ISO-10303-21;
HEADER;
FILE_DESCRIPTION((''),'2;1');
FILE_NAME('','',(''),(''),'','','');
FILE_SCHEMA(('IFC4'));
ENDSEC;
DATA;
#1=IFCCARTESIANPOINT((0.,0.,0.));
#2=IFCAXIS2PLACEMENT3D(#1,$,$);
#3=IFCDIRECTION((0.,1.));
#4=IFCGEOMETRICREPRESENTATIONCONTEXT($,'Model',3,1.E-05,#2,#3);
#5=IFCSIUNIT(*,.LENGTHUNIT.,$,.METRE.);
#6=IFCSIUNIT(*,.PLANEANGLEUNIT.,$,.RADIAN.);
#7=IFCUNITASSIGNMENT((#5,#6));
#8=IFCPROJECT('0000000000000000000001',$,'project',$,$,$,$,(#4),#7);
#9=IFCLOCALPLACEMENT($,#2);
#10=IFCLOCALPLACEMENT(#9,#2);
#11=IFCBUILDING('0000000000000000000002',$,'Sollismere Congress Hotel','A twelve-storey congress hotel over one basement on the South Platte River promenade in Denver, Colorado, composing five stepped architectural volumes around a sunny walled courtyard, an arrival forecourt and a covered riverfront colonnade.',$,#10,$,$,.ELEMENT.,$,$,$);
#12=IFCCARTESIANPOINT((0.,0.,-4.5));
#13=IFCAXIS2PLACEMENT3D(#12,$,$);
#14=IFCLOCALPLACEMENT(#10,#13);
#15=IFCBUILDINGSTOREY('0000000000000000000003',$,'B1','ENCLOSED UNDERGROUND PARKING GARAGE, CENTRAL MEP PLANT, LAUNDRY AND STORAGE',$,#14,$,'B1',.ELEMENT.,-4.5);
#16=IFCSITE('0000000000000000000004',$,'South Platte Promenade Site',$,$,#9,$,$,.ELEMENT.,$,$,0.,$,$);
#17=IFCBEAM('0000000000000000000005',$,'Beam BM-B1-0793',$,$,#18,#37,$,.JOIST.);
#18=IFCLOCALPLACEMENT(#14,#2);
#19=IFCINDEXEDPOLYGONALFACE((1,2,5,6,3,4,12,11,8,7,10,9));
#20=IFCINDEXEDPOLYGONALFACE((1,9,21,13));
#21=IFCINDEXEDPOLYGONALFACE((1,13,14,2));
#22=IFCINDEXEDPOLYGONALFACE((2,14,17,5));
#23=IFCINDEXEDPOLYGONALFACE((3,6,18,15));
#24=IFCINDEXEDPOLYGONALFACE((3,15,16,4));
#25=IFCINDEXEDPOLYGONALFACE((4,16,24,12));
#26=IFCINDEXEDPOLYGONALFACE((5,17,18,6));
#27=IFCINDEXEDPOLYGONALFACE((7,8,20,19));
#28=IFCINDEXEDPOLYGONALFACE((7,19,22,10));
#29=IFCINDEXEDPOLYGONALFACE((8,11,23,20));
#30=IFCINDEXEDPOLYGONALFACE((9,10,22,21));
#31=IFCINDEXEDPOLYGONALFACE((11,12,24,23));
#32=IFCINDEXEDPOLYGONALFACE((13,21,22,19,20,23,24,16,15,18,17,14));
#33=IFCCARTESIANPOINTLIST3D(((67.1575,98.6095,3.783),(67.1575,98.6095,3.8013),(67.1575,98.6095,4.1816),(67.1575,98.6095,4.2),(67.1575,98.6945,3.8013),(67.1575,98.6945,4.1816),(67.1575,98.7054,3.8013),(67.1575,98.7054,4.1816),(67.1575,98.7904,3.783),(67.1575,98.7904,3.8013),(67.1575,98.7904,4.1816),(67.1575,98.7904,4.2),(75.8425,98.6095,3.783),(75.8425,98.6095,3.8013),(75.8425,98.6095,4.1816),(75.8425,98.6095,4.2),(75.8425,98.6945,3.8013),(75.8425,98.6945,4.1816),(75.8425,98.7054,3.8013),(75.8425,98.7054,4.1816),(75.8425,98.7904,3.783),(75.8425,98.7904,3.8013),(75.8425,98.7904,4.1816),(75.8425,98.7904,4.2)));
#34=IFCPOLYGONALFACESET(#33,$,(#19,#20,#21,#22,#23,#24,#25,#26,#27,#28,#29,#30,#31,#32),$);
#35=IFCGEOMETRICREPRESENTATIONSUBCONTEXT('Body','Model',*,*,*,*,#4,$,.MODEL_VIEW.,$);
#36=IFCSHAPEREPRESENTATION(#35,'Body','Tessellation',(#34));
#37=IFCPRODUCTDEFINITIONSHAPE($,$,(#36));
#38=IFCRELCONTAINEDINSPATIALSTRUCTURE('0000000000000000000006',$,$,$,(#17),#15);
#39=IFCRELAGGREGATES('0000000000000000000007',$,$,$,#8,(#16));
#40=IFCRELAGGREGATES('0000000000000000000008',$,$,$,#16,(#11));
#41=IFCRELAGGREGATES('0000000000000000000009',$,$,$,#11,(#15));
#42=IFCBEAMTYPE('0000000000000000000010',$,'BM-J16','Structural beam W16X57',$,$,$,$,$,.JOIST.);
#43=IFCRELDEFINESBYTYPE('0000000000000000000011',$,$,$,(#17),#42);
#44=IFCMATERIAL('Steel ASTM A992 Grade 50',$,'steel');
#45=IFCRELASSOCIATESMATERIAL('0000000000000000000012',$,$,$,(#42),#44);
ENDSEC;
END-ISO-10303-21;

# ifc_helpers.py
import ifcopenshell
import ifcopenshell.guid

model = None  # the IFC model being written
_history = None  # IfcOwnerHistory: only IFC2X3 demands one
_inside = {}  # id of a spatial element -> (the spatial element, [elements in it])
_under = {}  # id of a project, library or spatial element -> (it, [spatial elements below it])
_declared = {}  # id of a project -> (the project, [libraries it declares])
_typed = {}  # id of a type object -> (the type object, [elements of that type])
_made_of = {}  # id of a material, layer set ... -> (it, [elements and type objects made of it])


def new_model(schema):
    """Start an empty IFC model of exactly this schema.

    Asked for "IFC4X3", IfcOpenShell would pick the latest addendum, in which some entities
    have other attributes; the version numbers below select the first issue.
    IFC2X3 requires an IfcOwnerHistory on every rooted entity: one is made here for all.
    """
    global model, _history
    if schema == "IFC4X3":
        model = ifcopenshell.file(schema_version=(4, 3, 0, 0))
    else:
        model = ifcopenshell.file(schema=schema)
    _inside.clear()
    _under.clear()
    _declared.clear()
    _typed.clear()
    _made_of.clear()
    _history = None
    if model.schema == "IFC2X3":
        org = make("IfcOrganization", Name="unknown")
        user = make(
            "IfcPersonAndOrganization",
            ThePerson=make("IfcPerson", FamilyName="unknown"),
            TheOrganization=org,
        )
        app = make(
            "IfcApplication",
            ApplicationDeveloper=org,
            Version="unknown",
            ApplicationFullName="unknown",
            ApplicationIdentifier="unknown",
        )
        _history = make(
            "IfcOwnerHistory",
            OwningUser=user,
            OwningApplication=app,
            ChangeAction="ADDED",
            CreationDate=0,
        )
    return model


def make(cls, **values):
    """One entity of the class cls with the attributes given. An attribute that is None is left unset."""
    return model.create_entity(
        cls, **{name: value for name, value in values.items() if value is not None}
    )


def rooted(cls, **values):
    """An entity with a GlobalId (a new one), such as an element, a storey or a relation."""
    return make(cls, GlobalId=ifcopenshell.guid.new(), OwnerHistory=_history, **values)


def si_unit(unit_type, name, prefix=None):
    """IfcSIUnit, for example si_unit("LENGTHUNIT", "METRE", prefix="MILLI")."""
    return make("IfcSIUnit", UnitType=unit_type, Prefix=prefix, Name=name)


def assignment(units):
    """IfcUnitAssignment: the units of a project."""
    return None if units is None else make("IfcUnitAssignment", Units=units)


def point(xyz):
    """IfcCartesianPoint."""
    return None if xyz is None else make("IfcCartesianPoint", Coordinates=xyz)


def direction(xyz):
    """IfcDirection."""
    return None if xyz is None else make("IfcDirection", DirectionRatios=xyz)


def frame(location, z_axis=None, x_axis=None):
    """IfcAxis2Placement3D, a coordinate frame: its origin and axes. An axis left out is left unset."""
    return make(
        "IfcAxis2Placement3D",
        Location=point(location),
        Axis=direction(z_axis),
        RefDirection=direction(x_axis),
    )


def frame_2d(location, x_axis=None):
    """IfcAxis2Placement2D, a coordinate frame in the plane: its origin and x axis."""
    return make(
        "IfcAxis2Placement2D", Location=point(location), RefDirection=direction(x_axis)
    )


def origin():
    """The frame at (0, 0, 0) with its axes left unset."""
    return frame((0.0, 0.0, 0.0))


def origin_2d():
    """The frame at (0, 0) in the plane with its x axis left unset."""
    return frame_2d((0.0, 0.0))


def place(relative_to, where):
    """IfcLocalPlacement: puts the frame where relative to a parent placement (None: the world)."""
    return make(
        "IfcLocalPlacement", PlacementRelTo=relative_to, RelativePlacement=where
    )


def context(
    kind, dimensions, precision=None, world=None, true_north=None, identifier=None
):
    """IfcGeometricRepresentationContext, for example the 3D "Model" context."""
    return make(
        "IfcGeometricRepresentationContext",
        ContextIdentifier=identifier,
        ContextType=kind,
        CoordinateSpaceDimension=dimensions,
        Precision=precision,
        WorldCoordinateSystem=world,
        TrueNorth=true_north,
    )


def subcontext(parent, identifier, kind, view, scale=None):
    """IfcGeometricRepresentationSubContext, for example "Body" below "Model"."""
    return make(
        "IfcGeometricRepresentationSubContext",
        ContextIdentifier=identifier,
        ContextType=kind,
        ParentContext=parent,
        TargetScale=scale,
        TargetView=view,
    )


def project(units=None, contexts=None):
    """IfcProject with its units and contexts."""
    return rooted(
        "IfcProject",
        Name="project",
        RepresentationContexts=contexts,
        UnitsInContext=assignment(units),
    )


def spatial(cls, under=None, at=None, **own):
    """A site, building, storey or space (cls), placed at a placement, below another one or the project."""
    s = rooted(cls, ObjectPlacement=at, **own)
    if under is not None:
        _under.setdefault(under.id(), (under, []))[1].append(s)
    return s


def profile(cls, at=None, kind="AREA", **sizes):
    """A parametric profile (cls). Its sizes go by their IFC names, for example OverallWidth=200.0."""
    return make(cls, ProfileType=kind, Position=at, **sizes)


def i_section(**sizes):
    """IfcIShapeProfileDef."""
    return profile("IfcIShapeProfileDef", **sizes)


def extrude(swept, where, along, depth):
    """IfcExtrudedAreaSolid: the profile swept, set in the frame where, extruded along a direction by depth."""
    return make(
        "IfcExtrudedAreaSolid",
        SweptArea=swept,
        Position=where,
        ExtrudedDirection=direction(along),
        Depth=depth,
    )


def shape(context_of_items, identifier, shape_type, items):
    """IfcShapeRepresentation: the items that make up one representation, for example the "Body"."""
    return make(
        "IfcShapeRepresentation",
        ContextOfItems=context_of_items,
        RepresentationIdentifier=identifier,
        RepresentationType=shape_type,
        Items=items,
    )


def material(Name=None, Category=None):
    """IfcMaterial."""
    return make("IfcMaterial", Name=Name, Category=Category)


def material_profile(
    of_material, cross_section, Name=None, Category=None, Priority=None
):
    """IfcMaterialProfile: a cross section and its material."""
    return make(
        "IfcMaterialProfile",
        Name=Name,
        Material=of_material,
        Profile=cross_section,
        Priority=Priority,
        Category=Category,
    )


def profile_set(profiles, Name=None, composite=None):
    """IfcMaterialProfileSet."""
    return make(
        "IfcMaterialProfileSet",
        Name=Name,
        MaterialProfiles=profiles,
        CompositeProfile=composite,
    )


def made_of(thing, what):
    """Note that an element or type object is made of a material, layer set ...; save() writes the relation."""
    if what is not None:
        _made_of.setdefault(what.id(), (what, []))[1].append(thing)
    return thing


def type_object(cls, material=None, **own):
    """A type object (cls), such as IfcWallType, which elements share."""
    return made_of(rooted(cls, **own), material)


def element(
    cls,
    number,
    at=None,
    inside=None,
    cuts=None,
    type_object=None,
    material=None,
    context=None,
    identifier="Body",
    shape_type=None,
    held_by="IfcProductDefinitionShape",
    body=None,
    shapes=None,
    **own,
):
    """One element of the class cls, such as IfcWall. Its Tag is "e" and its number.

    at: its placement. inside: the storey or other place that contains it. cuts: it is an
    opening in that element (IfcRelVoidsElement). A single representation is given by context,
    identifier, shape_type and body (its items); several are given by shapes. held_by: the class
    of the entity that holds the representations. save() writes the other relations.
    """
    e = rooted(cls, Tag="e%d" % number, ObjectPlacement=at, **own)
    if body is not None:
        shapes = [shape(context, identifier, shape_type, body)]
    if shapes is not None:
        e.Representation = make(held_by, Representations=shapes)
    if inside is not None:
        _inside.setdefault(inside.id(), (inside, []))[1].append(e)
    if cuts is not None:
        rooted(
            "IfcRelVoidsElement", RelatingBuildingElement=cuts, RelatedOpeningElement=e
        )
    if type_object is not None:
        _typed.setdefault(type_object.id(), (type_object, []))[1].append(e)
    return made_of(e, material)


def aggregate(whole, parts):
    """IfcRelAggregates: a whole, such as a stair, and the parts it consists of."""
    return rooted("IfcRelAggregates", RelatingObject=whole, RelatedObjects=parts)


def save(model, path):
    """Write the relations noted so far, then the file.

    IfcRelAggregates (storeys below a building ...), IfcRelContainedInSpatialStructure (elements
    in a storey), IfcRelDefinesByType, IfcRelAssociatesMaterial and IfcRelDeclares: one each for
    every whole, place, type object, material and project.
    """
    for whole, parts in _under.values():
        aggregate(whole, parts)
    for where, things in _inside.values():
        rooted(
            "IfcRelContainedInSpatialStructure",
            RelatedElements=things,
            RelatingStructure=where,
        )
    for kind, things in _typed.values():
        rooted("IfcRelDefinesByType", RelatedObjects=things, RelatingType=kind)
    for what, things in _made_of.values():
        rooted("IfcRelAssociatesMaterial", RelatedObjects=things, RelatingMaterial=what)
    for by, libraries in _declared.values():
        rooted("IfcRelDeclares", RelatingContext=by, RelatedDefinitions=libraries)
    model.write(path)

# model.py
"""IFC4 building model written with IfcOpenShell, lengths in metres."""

from ifc_helpers import new_model, si_unit, direction, frame, origin, origin_2d, place, context, subcontext, project, spatial, i_section, extrude, material, material_profile, profile_set, type_object, element, save


model = new_model("IFC4")

# Units and contexts
model_context = context("Model", 3, precision=1e-05, world=origin(), true_north=direction((0.0, 1.0)))
body_context = subcontext(model_context, "Body", "Model", "MODEL_VIEW")
ifc_project = project(units=[si_unit("LENGTHUNIT", "METRE"), si_unit("PLANEANGLEUNIT", "RADIAN")], contexts=[model_context])

# Site, building, storey
site_placement = place(None, origin())
site = spatial("IfcSite", under=ifc_project, at=site_placement, Name="South Platte Promenade Site", CompositionType="ELEMENT", RefElevation=0.0)
building_placement = place(site_placement, origin())
building = spatial("IfcBuilding", under=site, at=building_placement, Name="Sollismere Congress Hotel", Description="A twelve-storey congress hotel over one basement on the South Platte River promenade in Denver, Colorado, composing five stepped architectural volumes around a sunny walled courtyard, an arrival forecourt and a covered riverfront colonnade.", CompositionType="ELEMENT")
storey_placement = place(building_placement, frame((0.0, 0.0, -4.5)))
storey = spatial("IfcBuildingStorey", under=building, at=storey_placement, Name="B1", Description="ENCLOSED UNDERGROUND PARKING GARAGE, CENTRAL MEP PLANT, LAUNDRY AND STORAGE", LongName="B1", CompositionType="ELEMENT", Elevation=-4.5)

# Beam
ifc_material_1 = material(Name="Steel ASTM A992 Grade 50", Category="steel")
ifc_material_profile_1 = material_profile(ifc_material_1, i_section(OverallWidth=0.1809, OverallDepth=0.417, WebThickness=0.011, FlangeThickness=0.0183, at=origin_2d()), Name="W16X57")
ifc_profile_set_1 = profile_set([ifc_material_profile_1], Name="Steel ASTM A992 Grade 50")
beam_type_1 = type_object("IfcBeamType", Name="BM-J16", Description="Structural beam W16X57", PredefinedType="JOIST", material=ifc_profile_set_1)
for number, where, z_axis, x_axis, name in (
    (1, (67.1575, 98.7, 3.9915), (1.0, 0.0, 0.0), (0.0, 1.0, 0.0), "Beam BM-B1-0793"),
):
    element("IfcBeam", number, at=place(storey_placement, frame(where, z_axis=z_axis, x_axis=x_axis)), inside=storey, type_object=beam_type_1, Name=name, PredefinedType="JOIST", context=body_context, shape_type="SweptSolid", body=[
        extrude(i_section(OverallWidth=0.1809, OverallDepth=0.417, WebThickness=0.011, FlangeThickness=0.0183, at=origin_2d()), origin(), (0.0, 0.0, 1.0), 8.6851),
    ])

save(model, "model.ifc")
